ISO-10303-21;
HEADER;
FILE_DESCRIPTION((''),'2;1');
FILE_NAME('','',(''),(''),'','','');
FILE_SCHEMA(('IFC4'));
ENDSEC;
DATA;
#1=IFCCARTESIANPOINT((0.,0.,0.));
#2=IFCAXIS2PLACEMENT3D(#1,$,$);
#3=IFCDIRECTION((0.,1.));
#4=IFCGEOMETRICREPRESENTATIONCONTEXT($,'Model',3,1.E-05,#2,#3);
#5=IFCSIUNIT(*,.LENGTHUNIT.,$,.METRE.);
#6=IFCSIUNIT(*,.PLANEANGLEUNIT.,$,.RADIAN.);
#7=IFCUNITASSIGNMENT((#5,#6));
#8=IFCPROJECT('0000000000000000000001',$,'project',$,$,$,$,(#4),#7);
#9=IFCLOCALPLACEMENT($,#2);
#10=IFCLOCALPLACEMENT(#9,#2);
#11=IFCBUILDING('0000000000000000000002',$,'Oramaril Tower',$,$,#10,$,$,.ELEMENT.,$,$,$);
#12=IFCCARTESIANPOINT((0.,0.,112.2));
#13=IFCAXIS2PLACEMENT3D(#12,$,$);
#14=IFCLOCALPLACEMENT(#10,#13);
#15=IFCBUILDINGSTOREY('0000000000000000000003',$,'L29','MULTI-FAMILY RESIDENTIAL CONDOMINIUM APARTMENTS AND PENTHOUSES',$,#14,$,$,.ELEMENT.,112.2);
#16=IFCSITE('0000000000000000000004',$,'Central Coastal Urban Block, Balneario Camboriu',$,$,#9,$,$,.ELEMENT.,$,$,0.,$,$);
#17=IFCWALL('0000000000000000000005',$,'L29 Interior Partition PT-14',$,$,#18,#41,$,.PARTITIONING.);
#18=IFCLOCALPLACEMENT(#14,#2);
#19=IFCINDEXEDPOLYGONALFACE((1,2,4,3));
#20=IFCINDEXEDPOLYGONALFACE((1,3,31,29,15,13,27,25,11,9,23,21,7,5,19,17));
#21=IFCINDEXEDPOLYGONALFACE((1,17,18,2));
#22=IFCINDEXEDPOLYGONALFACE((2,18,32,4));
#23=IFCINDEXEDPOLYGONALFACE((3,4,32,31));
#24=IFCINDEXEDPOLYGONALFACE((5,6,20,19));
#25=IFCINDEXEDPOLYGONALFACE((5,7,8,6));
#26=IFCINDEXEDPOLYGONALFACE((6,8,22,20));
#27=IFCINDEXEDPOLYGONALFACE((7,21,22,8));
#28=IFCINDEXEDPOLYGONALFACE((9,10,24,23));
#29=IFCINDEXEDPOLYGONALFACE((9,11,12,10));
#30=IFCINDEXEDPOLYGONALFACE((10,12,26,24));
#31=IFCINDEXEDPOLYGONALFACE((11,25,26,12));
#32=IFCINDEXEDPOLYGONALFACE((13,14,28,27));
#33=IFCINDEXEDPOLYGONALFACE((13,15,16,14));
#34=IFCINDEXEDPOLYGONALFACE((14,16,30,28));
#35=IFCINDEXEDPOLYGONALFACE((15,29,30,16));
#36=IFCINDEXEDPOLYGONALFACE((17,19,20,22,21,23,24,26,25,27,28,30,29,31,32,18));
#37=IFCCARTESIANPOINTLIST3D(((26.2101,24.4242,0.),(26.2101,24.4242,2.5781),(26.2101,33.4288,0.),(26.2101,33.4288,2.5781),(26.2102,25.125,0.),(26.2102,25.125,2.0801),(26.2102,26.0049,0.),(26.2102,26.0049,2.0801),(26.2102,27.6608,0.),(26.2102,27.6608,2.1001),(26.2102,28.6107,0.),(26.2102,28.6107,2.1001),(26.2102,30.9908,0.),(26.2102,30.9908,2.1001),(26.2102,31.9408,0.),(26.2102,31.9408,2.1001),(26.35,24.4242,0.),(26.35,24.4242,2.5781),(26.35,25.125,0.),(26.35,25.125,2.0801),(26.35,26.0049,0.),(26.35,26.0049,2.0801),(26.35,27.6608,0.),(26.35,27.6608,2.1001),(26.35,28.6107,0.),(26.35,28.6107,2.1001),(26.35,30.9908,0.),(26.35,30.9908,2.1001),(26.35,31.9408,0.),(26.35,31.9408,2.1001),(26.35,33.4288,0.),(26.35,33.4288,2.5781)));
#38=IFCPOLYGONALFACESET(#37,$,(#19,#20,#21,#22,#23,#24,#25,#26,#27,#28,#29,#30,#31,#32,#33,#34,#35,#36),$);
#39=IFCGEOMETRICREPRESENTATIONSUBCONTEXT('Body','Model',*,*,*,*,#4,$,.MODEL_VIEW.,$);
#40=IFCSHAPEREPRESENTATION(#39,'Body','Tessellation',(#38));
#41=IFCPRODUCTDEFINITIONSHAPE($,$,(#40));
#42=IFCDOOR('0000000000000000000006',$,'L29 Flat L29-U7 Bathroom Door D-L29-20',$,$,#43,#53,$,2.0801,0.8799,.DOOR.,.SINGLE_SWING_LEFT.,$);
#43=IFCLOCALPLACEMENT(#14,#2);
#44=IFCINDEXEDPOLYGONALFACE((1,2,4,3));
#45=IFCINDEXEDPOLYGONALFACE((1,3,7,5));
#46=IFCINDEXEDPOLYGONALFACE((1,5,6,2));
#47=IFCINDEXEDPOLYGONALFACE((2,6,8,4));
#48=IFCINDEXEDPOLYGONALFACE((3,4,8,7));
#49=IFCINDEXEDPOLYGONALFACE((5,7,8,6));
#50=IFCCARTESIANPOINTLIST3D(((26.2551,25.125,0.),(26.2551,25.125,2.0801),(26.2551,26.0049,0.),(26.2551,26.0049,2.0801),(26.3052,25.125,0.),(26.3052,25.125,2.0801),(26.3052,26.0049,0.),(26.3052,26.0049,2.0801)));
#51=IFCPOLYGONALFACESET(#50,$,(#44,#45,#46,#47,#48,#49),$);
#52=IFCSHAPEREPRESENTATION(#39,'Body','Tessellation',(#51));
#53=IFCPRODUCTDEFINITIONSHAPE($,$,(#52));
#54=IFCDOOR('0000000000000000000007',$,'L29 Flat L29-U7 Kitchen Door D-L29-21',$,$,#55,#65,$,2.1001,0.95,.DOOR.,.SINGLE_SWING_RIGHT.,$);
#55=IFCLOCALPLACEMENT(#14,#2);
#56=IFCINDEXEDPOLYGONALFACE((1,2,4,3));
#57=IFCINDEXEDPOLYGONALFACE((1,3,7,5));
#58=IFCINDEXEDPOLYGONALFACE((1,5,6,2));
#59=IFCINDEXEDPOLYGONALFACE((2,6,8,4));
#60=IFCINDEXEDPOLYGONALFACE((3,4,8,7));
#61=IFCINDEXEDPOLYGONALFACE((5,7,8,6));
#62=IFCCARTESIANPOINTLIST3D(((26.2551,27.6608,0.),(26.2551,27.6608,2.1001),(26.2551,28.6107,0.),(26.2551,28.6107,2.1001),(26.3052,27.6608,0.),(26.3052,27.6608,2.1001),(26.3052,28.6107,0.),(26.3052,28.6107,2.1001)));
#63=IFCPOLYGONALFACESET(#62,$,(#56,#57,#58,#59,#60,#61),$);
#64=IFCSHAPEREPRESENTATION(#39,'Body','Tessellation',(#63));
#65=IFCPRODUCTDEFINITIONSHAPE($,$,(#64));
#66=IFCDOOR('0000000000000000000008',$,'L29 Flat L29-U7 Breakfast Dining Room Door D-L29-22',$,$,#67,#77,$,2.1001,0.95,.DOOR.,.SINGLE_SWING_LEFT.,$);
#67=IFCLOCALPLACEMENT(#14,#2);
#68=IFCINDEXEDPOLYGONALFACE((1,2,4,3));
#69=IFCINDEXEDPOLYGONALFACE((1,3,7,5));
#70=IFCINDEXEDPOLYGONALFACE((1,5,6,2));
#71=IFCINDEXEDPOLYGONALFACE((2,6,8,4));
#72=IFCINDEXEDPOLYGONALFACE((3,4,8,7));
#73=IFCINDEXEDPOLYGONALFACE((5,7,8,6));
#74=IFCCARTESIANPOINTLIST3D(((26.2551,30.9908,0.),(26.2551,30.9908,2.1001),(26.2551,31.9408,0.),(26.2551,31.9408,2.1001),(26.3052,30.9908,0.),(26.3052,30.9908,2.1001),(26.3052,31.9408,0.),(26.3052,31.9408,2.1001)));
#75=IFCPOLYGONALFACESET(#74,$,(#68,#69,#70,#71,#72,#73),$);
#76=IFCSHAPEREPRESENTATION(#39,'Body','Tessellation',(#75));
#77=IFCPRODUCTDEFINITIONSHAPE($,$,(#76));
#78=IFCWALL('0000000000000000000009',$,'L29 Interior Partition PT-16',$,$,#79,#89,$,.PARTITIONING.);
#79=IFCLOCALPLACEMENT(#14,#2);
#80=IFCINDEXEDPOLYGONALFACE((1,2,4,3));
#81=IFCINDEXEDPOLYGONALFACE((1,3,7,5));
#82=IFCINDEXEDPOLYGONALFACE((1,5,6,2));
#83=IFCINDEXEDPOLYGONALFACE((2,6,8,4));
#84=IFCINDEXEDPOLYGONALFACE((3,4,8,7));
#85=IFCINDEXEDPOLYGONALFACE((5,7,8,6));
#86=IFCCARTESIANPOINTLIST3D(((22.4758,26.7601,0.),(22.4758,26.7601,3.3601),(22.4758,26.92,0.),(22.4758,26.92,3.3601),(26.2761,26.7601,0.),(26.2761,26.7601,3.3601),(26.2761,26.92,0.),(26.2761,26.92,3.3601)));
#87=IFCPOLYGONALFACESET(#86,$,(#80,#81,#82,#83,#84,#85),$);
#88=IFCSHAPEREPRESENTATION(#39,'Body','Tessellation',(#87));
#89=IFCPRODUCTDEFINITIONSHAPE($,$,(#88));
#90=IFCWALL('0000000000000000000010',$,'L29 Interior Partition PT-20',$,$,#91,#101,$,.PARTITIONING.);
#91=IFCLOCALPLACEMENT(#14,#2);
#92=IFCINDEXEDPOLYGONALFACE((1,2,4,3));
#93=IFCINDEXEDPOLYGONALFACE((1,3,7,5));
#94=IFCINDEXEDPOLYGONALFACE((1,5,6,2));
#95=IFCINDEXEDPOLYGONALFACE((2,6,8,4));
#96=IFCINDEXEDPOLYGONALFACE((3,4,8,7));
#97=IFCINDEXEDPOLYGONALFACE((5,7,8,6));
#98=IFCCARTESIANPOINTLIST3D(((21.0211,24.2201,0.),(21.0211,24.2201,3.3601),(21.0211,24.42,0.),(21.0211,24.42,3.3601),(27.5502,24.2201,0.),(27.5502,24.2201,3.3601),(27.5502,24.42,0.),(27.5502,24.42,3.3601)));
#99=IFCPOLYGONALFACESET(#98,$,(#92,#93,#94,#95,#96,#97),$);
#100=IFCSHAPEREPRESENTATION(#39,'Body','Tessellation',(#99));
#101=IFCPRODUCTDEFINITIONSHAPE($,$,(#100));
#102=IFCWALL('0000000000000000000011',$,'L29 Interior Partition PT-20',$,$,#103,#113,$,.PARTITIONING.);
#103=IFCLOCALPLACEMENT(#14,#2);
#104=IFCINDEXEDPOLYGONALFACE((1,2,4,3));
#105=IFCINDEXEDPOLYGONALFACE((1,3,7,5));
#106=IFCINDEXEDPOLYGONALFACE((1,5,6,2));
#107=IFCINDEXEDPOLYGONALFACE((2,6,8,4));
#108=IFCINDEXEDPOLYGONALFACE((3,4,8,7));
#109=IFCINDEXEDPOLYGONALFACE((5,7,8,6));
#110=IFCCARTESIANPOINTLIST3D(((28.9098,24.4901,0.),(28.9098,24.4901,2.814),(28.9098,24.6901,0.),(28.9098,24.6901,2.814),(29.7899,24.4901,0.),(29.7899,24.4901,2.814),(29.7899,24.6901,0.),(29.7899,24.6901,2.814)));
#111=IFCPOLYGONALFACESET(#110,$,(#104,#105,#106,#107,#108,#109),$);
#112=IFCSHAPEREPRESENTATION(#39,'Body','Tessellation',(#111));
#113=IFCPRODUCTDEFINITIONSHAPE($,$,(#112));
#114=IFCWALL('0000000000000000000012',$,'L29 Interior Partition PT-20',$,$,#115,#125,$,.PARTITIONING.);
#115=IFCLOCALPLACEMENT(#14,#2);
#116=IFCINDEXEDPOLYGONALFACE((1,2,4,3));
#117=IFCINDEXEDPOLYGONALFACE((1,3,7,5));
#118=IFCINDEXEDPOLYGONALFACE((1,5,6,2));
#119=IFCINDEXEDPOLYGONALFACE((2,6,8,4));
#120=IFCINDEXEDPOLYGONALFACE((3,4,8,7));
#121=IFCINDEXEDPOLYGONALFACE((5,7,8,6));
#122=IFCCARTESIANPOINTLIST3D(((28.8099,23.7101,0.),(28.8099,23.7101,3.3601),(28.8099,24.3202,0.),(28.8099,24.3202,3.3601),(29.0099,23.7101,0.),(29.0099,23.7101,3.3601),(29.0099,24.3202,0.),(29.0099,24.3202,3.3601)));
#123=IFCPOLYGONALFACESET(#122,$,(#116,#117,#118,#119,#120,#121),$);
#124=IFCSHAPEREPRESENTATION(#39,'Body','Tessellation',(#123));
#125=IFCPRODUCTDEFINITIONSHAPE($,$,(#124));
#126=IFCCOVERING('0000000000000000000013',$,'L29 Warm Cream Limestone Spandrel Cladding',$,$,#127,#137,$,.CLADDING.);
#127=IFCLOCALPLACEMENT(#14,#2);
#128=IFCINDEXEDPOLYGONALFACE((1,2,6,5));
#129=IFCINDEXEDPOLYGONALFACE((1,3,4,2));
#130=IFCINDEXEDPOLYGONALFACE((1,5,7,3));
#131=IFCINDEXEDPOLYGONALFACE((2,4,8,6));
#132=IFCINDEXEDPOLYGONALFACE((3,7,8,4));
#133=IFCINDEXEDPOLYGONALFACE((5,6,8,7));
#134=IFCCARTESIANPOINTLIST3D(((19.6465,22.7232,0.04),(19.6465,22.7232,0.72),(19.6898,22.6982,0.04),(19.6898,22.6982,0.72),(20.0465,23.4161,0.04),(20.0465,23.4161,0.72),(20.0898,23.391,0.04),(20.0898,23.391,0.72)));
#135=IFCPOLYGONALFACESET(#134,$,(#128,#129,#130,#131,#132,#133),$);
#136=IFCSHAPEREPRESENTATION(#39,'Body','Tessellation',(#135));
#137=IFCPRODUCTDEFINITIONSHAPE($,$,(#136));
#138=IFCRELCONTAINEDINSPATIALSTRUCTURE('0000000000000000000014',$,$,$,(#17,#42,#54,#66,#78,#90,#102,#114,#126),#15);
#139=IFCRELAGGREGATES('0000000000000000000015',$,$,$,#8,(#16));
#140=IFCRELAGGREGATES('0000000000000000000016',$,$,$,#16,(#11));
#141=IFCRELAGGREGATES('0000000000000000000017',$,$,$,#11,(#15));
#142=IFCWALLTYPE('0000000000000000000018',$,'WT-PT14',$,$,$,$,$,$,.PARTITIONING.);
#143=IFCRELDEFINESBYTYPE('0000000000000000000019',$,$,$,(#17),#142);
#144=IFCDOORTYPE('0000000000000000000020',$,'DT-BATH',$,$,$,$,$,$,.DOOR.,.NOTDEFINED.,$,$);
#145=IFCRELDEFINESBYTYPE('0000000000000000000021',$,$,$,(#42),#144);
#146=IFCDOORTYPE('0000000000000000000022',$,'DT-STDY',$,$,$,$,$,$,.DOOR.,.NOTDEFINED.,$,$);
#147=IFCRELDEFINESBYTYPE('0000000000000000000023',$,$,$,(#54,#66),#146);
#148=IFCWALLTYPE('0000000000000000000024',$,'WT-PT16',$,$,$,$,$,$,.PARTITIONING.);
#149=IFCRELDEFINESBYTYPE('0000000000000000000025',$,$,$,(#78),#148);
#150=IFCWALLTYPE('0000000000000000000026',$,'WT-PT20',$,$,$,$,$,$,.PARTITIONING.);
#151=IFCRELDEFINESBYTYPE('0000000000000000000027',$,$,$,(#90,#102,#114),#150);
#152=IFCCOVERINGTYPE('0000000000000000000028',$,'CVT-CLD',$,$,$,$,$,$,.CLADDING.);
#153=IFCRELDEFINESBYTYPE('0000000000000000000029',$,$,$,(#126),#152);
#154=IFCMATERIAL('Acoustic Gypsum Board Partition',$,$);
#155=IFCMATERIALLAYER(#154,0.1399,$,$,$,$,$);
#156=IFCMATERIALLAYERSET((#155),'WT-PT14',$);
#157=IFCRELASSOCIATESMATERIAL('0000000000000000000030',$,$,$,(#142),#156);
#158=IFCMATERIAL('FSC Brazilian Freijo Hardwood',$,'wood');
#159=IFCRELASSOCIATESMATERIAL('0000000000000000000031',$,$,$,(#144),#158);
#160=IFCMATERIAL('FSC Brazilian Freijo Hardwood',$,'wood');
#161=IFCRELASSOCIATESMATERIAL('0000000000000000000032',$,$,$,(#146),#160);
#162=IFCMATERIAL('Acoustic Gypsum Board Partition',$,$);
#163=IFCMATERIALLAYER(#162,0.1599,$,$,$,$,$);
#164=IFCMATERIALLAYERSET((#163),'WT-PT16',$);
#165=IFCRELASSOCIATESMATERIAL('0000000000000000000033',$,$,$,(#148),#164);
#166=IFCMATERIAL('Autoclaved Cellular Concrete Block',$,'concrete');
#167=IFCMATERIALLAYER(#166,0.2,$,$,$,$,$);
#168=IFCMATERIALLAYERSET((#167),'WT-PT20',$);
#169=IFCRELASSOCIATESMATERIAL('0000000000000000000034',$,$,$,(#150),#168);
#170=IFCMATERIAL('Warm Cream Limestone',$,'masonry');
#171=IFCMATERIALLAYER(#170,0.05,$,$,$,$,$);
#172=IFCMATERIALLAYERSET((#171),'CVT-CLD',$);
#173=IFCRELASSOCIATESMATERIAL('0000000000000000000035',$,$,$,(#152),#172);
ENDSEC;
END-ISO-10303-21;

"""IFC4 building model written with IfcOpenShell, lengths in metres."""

from ifc_helpers import new_model, si_unit, direction, frame, frame_2d, origin, origin_2d, place, context, subcontext, project, spatial, rectangle, extrude, material, layer, layer_set, type_object, element, fill, save


model = new_model("IFC4")

# Units and contexts
model_context = context("Model", 3, precision=1e-05, world=origin(), true_north=direction((0.0, 1.0)))
body_context = subcontext(model_context, "Body", "Model", "MODEL_VIEW")
ifc_project = project(units=[si_unit("LENGTHUNIT", "METRE"), si_unit("PLANEANGLEUNIT", "RADIAN")], contexts=[model_context])

# Site, building, storey
site_placement = place(None, origin())
site = spatial("IfcSite", under=ifc_project, at=site_placement, Name="Central Coastal Urban Block, Balneario Camboriu", CompositionType="ELEMENT", RefElevation=0.0)
building_placement = place(site_placement, origin())
building = spatial("IfcBuilding", under=site, at=building_placement, Name="Oramaril Tower", CompositionType="ELEMENT")
storey_placement = place(building_placement, frame((0.0, 0.0, 112.2)))
storey = spatial("IfcBuildingStorey", under=building, at=storey_placement, Name="L29", Description="MULTI-FAMILY RESIDENTIAL CONDOMINIUM APARTMENTS AND PENTHOUSES", CompositionType="ELEMENT", Elevation=112.2)

# Shared definitions
ifc_material_1 = material(Name="Acoustic Gypsum Board Partition")
ifc_layer_1 = layer(ifc_material_1, 0.1399)
ifc_layer_set_1 = layer_set([ifc_layer_1], Name="WT-PT14")
wall_type_1 = type_object("IfcWallType", Name="WT-PT14", PredefinedType="PARTITIONING", material=ifc_layer_set_1)

# Wall, openings, doors
wall_1_placement = place(storey_placement, frame((26.28, 24.4241, 0.0), z_axis=(0.0, 0.0, 1.0), x_axis=(0.0, 1.0, 0.0)))
wall_1 = element("IfcWall", 1, at=wall_1_placement, inside=storey, type_object=wall_type_1, Name="L29 Interior Partition PT-14", PredefinedType="PARTITIONING", context=body_context, shape_type="SweptSolid", body=[
    extrude(rectangle(XDim=9.0046, YDim=0.1399, at=frame_2d((4.5024, 0.0))), origin(), (0.0, 0.0, 1.0), 2.5781),
])
opening_1_placement = place(wall_1_placement, frame((0.7009, 0.0, 0.0)))
opening_1 = element("IfcOpeningElement", 2, at=opening_1_placement, cuts=wall_1, PredefinedType="OPENING", context=body_context, shape_type="SweptSolid", body=[
    extrude(rectangle(XDim=0.8799, YDim=2.0801, at=frame_2d((0.4399, 1.04))), frame((0.0, 0.0698, 0.0), z_axis=(0.0, -1.0, 0.0), x_axis=(1.0, 0.0, 0.0)), (0.0, 0.0, 1.0), 0.1399),
])
opening_2_placement = place(wall_1_placement, frame((3.2366, 0.0, 0.0)))
opening_2 = element("IfcOpeningElement", 3, at=opening_2_placement, cuts=wall_1, PredefinedType="OPENING", context=body_context, shape_type="SweptSolid", body=[
    extrude(rectangle(XDim=0.95, YDim=2.1001, at=frame_2d((0.4751, 1.05))), frame((0.0, 0.0698, 0.0), z_axis=(0.0, -1.0, 0.0), x_axis=(1.0, 0.0, 0.0)), (0.0, 0.0, 1.0), 0.1399),
])
opening_3_placement = place(wall_1_placement, frame((6.5667, 0.0, 0.0)))
opening_3 = element("IfcOpeningElement", 4, at=opening_3_placement, cuts=wall_1, PredefinedType="OPENING", context=body_context, shape_type="SweptSolid", body=[
    extrude(rectangle(XDim=0.95, YDim=2.1001, at=frame_2d((0.4751, 1.05))), frame((0.0, 0.0698, 0.0), z_axis=(0.0, -1.0, 0.0), x_axis=(1.0, 0.0, 0.0)), (0.0, 0.0, 1.0), 0.1399),
])
ifc_material_2 = material(Name="FSC Brazilian Freijo Hardwood", Category="wood")
door_type_1 = type_object("IfcDoorType", Name="DT-BATH", OperationType="NOTDEFINED", PredefinedType="DOOR", material=ifc_material_2)
door_1_placement = place(opening_1_placement, origin())
door_1 = element("IfcDoor", 5, at=door_1_placement, inside=storey, type_object=door_type_1, Name="L29 Flat L29-U7 Bathroom Door D-L29-20", OperationType="SINGLE_SWING_LEFT", OverallHeight=2.0801, OverallWidth=0.8799, PredefinedType="DOOR", context=body_context, shape_type="SweptSolid", body=[
    extrude(rectangle(XDim=0.8799, YDim=2.0801, at=frame_2d((0.4399, 1.04))), frame((0.0, 0.0249, 0.0), z_axis=(0.0, -1.0, 0.0), x_axis=(1.0, 0.0, 0.0)), (0.0, 0.0, 1.0), 0.05),
])
fill(opening_1, door_1)
ifc_material_3 = material(Name="FSC Brazilian Freijo Hardwood", Category="wood")
door_type_2 = type_object("IfcDoorType", Name="DT-STDY", OperationType="NOTDEFINED", PredefinedType="DOOR", material=ifc_material_3)
door_2_placement = place(opening_2_placement, origin())
door_2 = element("IfcDoor", 6, at=door_2_placement, inside=storey, type_object=door_type_2, Name="L29 Flat L29-U7 Kitchen Door D-L29-21", OperationType="SINGLE_SWING_RIGHT", OverallHeight=2.1001, OverallWidth=0.95, PredefinedType="DOOR", context=body_context, shape_type="SweptSolid", body=[
    extrude(rectangle(XDim=0.95, YDim=2.1001, at=frame_2d((0.4751, 1.05))), frame((0.0, 0.0249, 0.0), z_axis=(0.0, -1.0, 0.0), x_axis=(1.0, 0.0, 0.0)), (0.0, 0.0, 1.0), 0.05),
])
fill(opening_2, door_2)
door_3_placement = place(opening_3_placement, origin())
door_3 = element("IfcDoor", 7, at=door_3_placement, inside=storey, type_object=door_type_2, Name="L29 Flat L29-U7 Breakfast Dining Room Door D-L29-22", OperationType="SINGLE_SWING_LEFT", OverallHeight=2.1001, OverallWidth=0.95, PredefinedType="DOOR", context=body_context, shape_type="SweptSolid", body=[
    extrude(rectangle(XDim=0.95, YDim=2.1001, at=frame_2d((0.4751, 1.05))), frame((0.0, 0.0249, 0.0), z_axis=(0.0, -1.0, 0.0), x_axis=(1.0, 0.0, 0.0)), (0.0, 0.0, 1.0), 0.05),
])
fill(opening_3, door_3)

# Walls
ifc_material_4 = material(Name="Acoustic Gypsum Board Partition")
ifc_layer_2 = layer(ifc_material_4, 0.1599)
ifc_layer_set_2 = layer_set([ifc_layer_2], Name="WT-PT16")
wall_type_2 = type_object("IfcWallType", Name="WT-PT16", PredefinedType="PARTITIONING", material=ifc_layer_set_2)
wall_2_placement = place(storey_placement, frame((22.4758, 26.8401, 0.0), z_axis=(0.0, 0.0, 1.0), x_axis=(1.0, 0.0, 0.0)))
element("IfcWall", 8, at=wall_2_placement, inside=storey, type_object=wall_type_2, Name="L29 Interior Partition PT-16", PredefinedType="PARTITIONING", context=body_context, shape_type="SweptSolid", body=[
    extrude(rectangle(XDim=3.8003, YDim=0.1599, at=frame_2d((1.9001, 0.0))), origin(), (0.0, 0.0, 1.0), 3.3601),
])
ifc_material_5 = material(Name="Autoclaved Cellular Concrete Block", Category="concrete")
ifc_layer_3 = layer(ifc_material_5, 0.2)
ifc_layer_set_3 = layer_set([ifc_layer_3], Name="WT-PT20")
wall_type_3 = type_object("IfcWallType", Name="WT-PT20", PredefinedType="PARTITIONING", material=ifc_layer_set_3)
wall_3_placement = place(storey_placement, frame((21.021, 24.3201, 0.0), z_axis=(0.0, 0.0, 1.0), x_axis=(1.0, 0.0, 0.0)))
element("IfcWall", 9, at=wall_3_placement, inside=storey, type_object=wall_type_3, Name="L29 Interior Partition PT-20", PredefinedType="PARTITIONING", context=body_context, shape_type="SweptSolid", body=[
    extrude(rectangle(XDim=6.5291, YDim=0.2, at=frame_2d((3.2646, 0.0))), origin(), (0.0, 0.0, 1.0), 3.3601),
])
wall_4_placement = place(storey_placement, frame((28.9099, 24.5901, 0.0), z_axis=(0.0, 0.0, 1.0), x_axis=(1.0, 0.0, 0.0)))
element("IfcWall", 10, at=wall_4_placement, inside=storey, type_object=wall_type_3, Name="L29 Interior Partition PT-20", PredefinedType="PARTITIONING", context=body_context, shape_type="SweptSolid", body=[
    extrude(rectangle(XDim=0.8801, YDim=0.2, at=frame_2d((0.4399, 0.0))), origin(), (0.0, 0.0, 1.0), 2.814),
])

# Wall
wall_5_placement = place(storey_placement, frame((28.9099, 23.71, 0.0), z_axis=(0.0, 0.0, 1.0), x_axis=(0.0, 1.0, 0.0)))
element("IfcWall", 11, at=wall_5_placement, inside=storey, type_object=wall_type_3, Name="L29 Interior Partition PT-20", PredefinedType="PARTITIONING", context=body_context, shape_type="SweptSolid", body=[
    extrude(rectangle(XDim=0.6101, YDim=0.2, at=frame_2d((0.3052, 0.0))), origin(), (0.0, 0.0, 1.0), 3.3601),
])

# Covering
ifc_material_6 = material(Name="Warm Cream Limestone", Category="masonry")
ifc_layer_4 = layer(ifc_material_6, 0.05)
ifc_layer_set_4 = layer_set([ifc_layer_4], Name="CVT-CLD")
covering_type = type_object("IfcCoveringType", Name="CVT-CLD", PredefinedType="CLADDING", material=ifc_layer_set_4)
covering_placement = place(storey_placement, frame((19.8682, 23.0571, 0.04), z_axis=(0.0, 0.0, 1.0), x_axis=(-0.5, -0.866025, 0.0)))
element("IfcCovering", 12, at=covering_placement, inside=storey, type_object=covering_type, Name="L29 Warm Cream Limestone Spandrel Cladding", PredefinedType="CLADDING", context=body_context, shape_type="SweptSolid", body=[
    extrude(rectangle(XDim=0.8, YDim=0.05, at=origin_2d()), origin(), (0.0, 0.0, 1.0), 0.6799),
])

save(model, "model.ifc")
